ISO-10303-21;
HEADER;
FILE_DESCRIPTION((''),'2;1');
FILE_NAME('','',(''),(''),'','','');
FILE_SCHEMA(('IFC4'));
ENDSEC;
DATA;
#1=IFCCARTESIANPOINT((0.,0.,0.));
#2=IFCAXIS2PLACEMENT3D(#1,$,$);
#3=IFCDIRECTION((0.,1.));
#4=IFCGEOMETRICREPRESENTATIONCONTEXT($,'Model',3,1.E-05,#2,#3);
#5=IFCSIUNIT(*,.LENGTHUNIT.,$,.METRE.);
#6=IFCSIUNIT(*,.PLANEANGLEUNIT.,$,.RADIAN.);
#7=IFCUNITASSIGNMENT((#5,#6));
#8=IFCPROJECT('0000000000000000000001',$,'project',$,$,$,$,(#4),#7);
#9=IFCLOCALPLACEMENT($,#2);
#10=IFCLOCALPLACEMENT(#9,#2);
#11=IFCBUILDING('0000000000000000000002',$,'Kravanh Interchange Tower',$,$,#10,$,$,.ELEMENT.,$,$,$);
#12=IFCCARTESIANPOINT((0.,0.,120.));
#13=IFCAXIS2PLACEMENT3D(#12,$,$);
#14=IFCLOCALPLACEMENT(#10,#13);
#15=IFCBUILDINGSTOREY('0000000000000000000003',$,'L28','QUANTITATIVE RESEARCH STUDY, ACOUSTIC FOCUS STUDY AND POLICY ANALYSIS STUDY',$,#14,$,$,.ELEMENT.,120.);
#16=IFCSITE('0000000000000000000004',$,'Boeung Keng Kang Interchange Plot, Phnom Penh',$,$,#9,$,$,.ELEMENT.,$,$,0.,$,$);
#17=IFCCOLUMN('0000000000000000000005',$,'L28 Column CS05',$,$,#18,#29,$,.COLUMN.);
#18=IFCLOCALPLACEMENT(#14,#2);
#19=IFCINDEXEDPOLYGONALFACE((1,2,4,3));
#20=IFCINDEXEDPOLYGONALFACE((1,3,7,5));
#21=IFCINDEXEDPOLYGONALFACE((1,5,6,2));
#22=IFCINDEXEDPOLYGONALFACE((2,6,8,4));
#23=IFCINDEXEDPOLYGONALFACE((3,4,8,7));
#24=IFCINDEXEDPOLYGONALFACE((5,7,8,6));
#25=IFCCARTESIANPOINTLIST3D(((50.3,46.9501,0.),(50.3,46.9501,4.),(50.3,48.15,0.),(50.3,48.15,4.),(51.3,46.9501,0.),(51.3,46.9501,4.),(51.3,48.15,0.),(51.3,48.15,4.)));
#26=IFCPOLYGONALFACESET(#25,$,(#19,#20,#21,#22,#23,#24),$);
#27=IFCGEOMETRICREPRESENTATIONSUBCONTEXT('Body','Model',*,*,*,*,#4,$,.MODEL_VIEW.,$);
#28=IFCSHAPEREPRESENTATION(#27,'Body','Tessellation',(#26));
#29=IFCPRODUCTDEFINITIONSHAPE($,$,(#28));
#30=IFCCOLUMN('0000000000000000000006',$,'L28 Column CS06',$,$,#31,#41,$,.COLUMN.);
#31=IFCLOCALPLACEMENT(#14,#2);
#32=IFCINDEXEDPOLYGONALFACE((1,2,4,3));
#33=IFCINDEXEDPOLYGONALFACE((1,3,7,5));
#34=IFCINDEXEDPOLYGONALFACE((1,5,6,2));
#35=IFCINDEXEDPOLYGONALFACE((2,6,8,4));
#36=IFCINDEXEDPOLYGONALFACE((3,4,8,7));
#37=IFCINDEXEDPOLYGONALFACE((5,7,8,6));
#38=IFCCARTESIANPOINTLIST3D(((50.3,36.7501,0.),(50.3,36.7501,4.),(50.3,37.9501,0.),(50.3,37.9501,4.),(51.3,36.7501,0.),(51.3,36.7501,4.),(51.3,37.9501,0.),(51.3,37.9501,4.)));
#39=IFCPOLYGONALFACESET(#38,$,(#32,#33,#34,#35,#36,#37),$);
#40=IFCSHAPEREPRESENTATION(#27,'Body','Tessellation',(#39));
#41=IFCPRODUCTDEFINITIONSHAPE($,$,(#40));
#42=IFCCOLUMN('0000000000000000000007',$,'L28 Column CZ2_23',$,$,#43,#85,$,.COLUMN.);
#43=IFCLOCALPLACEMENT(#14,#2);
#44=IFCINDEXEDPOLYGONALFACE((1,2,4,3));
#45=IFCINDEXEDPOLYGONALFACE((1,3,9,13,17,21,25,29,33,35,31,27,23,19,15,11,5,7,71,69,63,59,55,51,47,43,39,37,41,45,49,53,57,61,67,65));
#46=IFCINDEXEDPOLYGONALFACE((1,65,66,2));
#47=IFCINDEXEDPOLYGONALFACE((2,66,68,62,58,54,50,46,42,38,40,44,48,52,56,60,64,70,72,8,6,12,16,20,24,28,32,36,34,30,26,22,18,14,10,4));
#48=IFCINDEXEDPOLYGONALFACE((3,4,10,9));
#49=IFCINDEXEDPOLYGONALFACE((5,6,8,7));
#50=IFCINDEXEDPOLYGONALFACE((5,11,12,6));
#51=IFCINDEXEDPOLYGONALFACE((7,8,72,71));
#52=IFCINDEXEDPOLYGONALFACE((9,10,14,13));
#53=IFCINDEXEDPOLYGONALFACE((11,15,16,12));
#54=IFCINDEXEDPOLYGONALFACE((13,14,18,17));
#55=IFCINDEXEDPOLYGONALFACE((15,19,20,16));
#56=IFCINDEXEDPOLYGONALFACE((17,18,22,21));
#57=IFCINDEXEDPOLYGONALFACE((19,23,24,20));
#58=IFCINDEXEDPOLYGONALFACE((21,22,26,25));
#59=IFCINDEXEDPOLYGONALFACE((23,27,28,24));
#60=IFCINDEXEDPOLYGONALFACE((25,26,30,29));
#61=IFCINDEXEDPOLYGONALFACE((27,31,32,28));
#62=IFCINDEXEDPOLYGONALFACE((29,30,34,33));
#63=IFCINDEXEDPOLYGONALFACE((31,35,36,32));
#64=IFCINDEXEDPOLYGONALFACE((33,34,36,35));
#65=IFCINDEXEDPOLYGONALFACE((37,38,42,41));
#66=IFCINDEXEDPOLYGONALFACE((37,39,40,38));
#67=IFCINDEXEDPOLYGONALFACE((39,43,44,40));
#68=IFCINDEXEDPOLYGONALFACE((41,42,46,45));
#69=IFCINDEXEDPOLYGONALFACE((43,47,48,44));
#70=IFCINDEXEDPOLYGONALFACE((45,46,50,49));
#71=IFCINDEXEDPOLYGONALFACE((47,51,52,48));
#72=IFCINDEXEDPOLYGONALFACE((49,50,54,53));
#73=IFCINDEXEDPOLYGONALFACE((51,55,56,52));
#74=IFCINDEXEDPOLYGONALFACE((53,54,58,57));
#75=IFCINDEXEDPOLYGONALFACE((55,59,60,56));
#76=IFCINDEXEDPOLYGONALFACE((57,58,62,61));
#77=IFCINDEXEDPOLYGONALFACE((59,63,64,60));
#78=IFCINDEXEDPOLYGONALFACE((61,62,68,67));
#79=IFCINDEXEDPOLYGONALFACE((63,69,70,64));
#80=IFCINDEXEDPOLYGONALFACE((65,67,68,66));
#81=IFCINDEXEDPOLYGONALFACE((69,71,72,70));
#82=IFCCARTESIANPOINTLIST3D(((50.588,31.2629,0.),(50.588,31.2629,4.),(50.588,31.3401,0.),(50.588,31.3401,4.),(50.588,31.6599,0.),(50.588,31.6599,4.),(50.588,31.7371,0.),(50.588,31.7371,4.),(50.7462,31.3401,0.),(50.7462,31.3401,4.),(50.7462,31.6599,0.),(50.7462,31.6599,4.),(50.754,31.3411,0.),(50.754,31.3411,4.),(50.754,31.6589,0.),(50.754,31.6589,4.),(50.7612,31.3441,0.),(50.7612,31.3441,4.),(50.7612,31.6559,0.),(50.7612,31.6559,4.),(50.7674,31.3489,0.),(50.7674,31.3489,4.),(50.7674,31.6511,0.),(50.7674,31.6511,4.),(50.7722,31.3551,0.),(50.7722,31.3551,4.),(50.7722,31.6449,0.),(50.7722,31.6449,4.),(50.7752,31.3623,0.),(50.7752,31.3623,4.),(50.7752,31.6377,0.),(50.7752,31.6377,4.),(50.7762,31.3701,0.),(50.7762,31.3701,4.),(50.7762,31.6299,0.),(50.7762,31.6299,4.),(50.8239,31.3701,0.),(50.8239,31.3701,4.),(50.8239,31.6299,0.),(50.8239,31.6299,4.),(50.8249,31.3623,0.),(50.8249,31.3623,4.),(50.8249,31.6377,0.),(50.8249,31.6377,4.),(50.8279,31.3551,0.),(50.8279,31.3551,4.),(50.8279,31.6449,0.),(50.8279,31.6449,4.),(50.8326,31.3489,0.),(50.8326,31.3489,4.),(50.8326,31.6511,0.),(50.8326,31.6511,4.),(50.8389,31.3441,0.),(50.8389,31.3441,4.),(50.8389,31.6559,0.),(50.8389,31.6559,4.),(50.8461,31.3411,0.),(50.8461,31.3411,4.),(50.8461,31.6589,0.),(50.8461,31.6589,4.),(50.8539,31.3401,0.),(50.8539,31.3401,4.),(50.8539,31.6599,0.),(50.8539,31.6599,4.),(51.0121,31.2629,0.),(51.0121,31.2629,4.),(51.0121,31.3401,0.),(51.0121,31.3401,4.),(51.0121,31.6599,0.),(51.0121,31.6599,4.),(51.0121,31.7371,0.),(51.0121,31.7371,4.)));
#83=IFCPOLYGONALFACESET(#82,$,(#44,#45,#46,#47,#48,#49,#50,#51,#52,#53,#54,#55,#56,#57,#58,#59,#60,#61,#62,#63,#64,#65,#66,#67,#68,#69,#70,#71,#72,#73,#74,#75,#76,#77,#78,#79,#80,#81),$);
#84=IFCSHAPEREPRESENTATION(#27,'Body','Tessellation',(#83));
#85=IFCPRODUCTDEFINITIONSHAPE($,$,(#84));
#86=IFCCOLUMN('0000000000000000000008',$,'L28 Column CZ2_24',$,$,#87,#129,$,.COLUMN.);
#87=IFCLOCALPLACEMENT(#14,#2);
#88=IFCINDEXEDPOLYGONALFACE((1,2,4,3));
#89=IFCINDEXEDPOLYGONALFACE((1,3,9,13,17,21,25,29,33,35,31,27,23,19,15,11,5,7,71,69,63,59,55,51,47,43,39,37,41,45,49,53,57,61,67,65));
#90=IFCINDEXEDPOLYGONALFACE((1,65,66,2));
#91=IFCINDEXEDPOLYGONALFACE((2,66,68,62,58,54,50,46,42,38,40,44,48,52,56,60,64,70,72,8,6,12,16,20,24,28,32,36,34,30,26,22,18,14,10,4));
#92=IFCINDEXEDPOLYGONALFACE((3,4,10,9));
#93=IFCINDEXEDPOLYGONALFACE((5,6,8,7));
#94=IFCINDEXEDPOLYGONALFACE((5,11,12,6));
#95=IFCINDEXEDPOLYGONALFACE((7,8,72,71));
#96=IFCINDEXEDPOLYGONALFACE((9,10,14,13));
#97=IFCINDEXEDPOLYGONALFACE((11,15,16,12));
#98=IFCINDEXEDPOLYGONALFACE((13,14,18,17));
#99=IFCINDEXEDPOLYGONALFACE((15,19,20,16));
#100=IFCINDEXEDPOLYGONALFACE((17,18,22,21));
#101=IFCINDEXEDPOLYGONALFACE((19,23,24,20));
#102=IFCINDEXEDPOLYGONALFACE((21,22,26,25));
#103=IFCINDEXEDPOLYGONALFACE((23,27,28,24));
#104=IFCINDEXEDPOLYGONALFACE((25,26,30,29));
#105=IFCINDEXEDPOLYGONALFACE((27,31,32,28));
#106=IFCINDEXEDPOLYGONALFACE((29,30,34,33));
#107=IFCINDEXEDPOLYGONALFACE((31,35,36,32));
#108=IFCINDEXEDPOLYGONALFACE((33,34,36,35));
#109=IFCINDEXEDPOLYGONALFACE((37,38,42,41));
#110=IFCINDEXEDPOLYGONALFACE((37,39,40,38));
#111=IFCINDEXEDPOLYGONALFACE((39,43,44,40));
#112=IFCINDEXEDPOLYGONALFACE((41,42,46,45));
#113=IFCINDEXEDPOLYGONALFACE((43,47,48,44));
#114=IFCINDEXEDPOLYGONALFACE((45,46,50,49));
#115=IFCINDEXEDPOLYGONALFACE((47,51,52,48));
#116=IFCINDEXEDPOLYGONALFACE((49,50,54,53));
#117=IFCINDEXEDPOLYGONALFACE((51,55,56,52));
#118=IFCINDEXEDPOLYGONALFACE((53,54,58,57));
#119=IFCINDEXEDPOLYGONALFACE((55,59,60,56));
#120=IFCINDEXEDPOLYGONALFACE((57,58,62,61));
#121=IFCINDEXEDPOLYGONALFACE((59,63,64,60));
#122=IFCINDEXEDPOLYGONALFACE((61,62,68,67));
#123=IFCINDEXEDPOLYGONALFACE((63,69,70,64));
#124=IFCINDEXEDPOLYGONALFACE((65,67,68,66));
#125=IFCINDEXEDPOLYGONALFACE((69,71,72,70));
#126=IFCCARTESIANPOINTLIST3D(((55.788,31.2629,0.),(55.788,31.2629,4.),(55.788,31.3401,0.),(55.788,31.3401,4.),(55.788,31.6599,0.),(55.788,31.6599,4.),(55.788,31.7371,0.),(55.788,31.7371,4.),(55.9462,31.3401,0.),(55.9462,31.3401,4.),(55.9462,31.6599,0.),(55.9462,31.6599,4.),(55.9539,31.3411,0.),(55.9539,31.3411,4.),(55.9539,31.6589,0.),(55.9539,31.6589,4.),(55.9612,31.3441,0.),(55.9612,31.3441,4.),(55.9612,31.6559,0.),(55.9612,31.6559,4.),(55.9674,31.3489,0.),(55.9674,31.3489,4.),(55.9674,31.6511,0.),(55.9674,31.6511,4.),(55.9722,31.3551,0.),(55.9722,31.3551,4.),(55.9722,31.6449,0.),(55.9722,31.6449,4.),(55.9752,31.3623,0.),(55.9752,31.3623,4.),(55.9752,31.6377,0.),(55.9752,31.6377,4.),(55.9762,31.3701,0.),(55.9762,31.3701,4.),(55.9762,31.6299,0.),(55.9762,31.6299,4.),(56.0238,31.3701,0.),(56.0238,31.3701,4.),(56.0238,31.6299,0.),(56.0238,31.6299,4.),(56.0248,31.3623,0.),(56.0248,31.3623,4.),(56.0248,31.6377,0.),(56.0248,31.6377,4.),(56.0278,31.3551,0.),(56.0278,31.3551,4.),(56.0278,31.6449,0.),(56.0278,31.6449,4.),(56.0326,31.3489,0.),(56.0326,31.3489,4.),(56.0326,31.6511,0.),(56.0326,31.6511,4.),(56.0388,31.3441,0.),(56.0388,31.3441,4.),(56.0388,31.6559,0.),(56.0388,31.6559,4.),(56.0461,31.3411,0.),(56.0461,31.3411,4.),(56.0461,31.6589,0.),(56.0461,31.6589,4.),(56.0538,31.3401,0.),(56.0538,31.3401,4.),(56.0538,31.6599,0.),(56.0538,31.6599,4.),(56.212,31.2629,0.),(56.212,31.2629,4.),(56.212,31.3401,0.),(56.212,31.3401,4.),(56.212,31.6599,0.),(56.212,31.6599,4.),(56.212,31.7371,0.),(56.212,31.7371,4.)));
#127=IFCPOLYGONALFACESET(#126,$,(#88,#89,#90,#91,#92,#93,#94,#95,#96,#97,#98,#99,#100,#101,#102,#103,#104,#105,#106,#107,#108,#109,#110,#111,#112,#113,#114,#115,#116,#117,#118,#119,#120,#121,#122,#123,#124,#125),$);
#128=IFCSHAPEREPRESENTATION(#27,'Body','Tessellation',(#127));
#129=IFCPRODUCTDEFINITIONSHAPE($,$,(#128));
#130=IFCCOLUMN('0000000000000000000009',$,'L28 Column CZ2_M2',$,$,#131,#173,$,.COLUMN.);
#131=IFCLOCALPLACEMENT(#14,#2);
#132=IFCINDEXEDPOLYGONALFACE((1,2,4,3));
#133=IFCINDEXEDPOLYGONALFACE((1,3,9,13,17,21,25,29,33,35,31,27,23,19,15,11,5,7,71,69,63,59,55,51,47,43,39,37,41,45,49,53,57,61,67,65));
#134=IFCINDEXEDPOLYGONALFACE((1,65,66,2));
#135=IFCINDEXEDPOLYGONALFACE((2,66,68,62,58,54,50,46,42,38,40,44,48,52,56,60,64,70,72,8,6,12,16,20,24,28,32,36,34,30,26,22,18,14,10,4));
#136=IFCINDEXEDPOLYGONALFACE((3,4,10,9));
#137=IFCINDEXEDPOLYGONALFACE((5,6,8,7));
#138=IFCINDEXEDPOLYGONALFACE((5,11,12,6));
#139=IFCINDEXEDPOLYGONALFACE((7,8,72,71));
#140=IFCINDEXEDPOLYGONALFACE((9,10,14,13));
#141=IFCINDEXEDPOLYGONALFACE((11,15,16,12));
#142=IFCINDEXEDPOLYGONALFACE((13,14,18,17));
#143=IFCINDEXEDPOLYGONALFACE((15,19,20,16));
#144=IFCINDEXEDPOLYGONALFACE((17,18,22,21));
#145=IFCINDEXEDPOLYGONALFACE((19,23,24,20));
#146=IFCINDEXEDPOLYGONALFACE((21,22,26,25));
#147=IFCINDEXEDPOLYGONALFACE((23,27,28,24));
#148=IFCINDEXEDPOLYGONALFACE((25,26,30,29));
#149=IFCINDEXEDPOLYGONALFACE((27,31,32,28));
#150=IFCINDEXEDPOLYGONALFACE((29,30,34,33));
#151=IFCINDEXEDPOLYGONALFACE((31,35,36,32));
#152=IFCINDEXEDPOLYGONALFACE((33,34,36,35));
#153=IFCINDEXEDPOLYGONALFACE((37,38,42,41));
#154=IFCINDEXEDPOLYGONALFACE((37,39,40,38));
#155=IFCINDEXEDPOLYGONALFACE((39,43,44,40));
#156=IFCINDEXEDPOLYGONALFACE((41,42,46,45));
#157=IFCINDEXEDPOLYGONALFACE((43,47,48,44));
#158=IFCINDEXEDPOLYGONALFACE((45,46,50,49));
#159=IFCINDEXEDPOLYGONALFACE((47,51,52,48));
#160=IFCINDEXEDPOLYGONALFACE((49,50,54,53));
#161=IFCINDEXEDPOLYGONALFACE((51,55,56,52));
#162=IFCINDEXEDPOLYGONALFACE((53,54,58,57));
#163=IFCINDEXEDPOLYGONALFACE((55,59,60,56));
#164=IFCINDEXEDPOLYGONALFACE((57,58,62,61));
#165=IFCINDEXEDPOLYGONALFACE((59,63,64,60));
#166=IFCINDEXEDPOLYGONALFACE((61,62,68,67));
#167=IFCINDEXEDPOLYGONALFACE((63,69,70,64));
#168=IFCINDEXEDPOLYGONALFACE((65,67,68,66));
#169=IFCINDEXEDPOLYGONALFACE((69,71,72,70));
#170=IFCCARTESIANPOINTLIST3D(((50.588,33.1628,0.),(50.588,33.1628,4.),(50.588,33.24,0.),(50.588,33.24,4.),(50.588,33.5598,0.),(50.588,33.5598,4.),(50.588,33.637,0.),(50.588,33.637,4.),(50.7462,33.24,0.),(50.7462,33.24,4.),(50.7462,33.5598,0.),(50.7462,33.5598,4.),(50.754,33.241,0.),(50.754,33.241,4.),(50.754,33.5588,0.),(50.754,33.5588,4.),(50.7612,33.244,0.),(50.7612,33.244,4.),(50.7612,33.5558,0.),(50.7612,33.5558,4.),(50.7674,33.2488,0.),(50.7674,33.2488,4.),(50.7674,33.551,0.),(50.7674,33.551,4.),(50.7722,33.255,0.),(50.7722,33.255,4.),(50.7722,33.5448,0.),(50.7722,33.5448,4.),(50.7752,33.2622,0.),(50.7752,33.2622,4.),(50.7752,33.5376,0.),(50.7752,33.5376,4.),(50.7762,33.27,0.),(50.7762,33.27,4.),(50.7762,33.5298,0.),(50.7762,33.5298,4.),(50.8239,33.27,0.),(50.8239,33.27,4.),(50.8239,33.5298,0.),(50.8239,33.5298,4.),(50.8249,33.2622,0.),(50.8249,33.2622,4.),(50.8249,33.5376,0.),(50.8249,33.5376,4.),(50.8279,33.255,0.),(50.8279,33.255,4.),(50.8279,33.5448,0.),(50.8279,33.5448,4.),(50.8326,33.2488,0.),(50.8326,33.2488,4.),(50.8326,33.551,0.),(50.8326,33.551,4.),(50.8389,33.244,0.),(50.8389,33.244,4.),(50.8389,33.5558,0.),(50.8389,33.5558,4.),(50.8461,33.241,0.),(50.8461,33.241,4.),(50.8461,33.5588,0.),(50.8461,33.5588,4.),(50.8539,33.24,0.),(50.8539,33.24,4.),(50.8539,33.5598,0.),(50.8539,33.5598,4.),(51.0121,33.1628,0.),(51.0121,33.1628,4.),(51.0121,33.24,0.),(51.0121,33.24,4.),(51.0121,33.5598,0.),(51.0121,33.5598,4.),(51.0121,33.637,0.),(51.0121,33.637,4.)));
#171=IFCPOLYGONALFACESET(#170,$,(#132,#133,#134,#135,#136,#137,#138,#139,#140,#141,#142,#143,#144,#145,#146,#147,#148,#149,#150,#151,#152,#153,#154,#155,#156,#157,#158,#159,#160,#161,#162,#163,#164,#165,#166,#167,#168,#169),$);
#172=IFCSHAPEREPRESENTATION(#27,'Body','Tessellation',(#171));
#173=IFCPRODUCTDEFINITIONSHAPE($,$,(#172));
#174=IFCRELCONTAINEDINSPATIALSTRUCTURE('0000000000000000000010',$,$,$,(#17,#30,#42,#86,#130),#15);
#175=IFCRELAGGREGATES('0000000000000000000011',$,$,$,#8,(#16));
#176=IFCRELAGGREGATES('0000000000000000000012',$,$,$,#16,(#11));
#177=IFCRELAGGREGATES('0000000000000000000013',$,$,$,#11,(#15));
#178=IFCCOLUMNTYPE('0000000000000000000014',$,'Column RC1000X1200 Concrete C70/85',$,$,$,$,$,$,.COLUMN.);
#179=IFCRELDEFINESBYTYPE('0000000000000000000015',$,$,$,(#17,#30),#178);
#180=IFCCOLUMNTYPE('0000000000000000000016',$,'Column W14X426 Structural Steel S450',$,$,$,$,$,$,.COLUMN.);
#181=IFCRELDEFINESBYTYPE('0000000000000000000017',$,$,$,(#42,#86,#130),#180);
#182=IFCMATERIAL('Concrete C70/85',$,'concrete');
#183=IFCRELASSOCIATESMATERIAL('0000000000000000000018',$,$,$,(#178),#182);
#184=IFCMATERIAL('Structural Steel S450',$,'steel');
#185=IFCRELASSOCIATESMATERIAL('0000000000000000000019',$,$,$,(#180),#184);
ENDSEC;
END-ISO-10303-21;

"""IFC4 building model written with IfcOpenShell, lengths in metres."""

from ifc_helpers import new_model, si_unit, direction, frame, origin, origin_2d, place, context, subcontext, project, spatial, rectangle, i_section, extrude, material, material_profile, profile_set, type_object, element, save


model = new_model("IFC4")

# Units and contexts
model_context = context("Model", 3, precision=1e-05, world=origin(), true_north=direction((0.0, 1.0)))
body_context = subcontext(model_context, "Body", "Model", "MODEL_VIEW")
ifc_project = project(units=[si_unit("LENGTHUNIT", "METRE"), si_unit("PLANEANGLEUNIT", "RADIAN")], contexts=[model_context])

# Site, building, storey
site_placement = place(None, origin())
site = spatial("IfcSite", under=ifc_project, at=site_placement, Name="Boeung Keng Kang Interchange Plot, Phnom Penh", CompositionType="ELEMENT", RefElevation=0.0)
building_placement = place(site_placement, origin())
building = spatial("IfcBuilding", under=site, at=building_placement, Name="Kravanh Interchange Tower", CompositionType="ELEMENT")
storey_placement = place(building_placement, frame((0.0, 0.0, 120.0)))
storey = spatial("IfcBuildingStorey", under=building, at=storey_placement, Name="L28", Description="QUANTITATIVE RESEARCH STUDY, ACOUSTIC FOCUS STUDY AND POLICY ANALYSIS STUDY", CompositionType="ELEMENT", Elevation=120.0)

# Columns
ifc_material_1 = material(Name="Concrete C70/85", Category="concrete")
ifc_material_profile_1 = material_profile(ifc_material_1, rectangle(XDim=1.0, YDim=1.2, at=origin_2d()), Name="RC1000X1200")
ifc_profile_set_1 = profile_set([ifc_material_profile_1], Name="Concrete C70/85")
column_type_1 = type_object("IfcColumnType", Name="Column RC1000X1200 Concrete C70/85", PredefinedType="COLUMN", material=ifc_profile_set_1)
for number, where, z_axis, x_axis, name in (
    (1, (50.8, 47.55, 0.0), (0.0, 0.0, 1.0), (1.0, 0.0, 0.0), "L28 Column CS05"),
    (2, (50.8, 37.3501, 0.0), (0.0, 0.0, 1.0), (1.0, 0.0, 0.0), "L28 Column CS06"),
):
    element("IfcColumn", number, at=place(storey_placement, frame(where, z_axis=z_axis, x_axis=x_axis)), inside=storey, type_object=column_type_1, Name=name, PredefinedType="COLUMN", context=body_context, shape_type="SweptSolid", body=[
        extrude(rectangle(XDim=1.0, YDim=1.2, at=origin_2d()), origin(), (0.0, 0.0, 1.0), 4.0),
    ])
ifc_material_2 = material(Name="Structural Steel S450", Category="steel")
ifc_material_profile_2 = material_profile(ifc_material_2, i_section(OverallWidth=0.4241, OverallDepth=0.4741, WebThickness=0.0476, FlangeThickness=0.0771, FilletRadius=0.03, at=origin_2d()), Name="W14X426")
ifc_profile_set_2 = profile_set([ifc_material_profile_2], Name="Structural Steel S450")
column_type_2 = type_object("IfcColumnType", Name="Column W14X426 Structural Steel S450", PredefinedType="COLUMN", material=ifc_profile_set_2)
for number, where, z_axis, x_axis, name in (
    (3, (50.8, 31.5, 0.0), (0.0, 0.0, 1.0), (1.0, 0.0, 0.0), "L28 Column CZ2_23"),
    (4, (56.0, 31.5, 0.0), (0.0, 0.0, 1.0), (1.0, 0.0, 0.0), "L28 Column CZ2_24"),
    (5, (50.8, 33.3999, 0.0), (0.0, 0.0, 1.0), (1.0, 0.0, 0.0), "L28 Column CZ2_M2"),
):
    element("IfcColumn", number, at=place(storey_placement, frame(where, z_axis=z_axis, x_axis=x_axis)), inside=storey, type_object=column_type_2, Name=name, PredefinedType="COLUMN", context=body_context, shape_type="SweptSolid", body=[
        extrude(i_section(OverallWidth=0.4241, OverallDepth=0.4741, WebThickness=0.0476, FlangeThickness=0.0771, FilletRadius=0.03, at=origin_2d()), origin(), (0.0, 0.0, 1.0), 4.0),
    ])

save(model, "model.ifc")
